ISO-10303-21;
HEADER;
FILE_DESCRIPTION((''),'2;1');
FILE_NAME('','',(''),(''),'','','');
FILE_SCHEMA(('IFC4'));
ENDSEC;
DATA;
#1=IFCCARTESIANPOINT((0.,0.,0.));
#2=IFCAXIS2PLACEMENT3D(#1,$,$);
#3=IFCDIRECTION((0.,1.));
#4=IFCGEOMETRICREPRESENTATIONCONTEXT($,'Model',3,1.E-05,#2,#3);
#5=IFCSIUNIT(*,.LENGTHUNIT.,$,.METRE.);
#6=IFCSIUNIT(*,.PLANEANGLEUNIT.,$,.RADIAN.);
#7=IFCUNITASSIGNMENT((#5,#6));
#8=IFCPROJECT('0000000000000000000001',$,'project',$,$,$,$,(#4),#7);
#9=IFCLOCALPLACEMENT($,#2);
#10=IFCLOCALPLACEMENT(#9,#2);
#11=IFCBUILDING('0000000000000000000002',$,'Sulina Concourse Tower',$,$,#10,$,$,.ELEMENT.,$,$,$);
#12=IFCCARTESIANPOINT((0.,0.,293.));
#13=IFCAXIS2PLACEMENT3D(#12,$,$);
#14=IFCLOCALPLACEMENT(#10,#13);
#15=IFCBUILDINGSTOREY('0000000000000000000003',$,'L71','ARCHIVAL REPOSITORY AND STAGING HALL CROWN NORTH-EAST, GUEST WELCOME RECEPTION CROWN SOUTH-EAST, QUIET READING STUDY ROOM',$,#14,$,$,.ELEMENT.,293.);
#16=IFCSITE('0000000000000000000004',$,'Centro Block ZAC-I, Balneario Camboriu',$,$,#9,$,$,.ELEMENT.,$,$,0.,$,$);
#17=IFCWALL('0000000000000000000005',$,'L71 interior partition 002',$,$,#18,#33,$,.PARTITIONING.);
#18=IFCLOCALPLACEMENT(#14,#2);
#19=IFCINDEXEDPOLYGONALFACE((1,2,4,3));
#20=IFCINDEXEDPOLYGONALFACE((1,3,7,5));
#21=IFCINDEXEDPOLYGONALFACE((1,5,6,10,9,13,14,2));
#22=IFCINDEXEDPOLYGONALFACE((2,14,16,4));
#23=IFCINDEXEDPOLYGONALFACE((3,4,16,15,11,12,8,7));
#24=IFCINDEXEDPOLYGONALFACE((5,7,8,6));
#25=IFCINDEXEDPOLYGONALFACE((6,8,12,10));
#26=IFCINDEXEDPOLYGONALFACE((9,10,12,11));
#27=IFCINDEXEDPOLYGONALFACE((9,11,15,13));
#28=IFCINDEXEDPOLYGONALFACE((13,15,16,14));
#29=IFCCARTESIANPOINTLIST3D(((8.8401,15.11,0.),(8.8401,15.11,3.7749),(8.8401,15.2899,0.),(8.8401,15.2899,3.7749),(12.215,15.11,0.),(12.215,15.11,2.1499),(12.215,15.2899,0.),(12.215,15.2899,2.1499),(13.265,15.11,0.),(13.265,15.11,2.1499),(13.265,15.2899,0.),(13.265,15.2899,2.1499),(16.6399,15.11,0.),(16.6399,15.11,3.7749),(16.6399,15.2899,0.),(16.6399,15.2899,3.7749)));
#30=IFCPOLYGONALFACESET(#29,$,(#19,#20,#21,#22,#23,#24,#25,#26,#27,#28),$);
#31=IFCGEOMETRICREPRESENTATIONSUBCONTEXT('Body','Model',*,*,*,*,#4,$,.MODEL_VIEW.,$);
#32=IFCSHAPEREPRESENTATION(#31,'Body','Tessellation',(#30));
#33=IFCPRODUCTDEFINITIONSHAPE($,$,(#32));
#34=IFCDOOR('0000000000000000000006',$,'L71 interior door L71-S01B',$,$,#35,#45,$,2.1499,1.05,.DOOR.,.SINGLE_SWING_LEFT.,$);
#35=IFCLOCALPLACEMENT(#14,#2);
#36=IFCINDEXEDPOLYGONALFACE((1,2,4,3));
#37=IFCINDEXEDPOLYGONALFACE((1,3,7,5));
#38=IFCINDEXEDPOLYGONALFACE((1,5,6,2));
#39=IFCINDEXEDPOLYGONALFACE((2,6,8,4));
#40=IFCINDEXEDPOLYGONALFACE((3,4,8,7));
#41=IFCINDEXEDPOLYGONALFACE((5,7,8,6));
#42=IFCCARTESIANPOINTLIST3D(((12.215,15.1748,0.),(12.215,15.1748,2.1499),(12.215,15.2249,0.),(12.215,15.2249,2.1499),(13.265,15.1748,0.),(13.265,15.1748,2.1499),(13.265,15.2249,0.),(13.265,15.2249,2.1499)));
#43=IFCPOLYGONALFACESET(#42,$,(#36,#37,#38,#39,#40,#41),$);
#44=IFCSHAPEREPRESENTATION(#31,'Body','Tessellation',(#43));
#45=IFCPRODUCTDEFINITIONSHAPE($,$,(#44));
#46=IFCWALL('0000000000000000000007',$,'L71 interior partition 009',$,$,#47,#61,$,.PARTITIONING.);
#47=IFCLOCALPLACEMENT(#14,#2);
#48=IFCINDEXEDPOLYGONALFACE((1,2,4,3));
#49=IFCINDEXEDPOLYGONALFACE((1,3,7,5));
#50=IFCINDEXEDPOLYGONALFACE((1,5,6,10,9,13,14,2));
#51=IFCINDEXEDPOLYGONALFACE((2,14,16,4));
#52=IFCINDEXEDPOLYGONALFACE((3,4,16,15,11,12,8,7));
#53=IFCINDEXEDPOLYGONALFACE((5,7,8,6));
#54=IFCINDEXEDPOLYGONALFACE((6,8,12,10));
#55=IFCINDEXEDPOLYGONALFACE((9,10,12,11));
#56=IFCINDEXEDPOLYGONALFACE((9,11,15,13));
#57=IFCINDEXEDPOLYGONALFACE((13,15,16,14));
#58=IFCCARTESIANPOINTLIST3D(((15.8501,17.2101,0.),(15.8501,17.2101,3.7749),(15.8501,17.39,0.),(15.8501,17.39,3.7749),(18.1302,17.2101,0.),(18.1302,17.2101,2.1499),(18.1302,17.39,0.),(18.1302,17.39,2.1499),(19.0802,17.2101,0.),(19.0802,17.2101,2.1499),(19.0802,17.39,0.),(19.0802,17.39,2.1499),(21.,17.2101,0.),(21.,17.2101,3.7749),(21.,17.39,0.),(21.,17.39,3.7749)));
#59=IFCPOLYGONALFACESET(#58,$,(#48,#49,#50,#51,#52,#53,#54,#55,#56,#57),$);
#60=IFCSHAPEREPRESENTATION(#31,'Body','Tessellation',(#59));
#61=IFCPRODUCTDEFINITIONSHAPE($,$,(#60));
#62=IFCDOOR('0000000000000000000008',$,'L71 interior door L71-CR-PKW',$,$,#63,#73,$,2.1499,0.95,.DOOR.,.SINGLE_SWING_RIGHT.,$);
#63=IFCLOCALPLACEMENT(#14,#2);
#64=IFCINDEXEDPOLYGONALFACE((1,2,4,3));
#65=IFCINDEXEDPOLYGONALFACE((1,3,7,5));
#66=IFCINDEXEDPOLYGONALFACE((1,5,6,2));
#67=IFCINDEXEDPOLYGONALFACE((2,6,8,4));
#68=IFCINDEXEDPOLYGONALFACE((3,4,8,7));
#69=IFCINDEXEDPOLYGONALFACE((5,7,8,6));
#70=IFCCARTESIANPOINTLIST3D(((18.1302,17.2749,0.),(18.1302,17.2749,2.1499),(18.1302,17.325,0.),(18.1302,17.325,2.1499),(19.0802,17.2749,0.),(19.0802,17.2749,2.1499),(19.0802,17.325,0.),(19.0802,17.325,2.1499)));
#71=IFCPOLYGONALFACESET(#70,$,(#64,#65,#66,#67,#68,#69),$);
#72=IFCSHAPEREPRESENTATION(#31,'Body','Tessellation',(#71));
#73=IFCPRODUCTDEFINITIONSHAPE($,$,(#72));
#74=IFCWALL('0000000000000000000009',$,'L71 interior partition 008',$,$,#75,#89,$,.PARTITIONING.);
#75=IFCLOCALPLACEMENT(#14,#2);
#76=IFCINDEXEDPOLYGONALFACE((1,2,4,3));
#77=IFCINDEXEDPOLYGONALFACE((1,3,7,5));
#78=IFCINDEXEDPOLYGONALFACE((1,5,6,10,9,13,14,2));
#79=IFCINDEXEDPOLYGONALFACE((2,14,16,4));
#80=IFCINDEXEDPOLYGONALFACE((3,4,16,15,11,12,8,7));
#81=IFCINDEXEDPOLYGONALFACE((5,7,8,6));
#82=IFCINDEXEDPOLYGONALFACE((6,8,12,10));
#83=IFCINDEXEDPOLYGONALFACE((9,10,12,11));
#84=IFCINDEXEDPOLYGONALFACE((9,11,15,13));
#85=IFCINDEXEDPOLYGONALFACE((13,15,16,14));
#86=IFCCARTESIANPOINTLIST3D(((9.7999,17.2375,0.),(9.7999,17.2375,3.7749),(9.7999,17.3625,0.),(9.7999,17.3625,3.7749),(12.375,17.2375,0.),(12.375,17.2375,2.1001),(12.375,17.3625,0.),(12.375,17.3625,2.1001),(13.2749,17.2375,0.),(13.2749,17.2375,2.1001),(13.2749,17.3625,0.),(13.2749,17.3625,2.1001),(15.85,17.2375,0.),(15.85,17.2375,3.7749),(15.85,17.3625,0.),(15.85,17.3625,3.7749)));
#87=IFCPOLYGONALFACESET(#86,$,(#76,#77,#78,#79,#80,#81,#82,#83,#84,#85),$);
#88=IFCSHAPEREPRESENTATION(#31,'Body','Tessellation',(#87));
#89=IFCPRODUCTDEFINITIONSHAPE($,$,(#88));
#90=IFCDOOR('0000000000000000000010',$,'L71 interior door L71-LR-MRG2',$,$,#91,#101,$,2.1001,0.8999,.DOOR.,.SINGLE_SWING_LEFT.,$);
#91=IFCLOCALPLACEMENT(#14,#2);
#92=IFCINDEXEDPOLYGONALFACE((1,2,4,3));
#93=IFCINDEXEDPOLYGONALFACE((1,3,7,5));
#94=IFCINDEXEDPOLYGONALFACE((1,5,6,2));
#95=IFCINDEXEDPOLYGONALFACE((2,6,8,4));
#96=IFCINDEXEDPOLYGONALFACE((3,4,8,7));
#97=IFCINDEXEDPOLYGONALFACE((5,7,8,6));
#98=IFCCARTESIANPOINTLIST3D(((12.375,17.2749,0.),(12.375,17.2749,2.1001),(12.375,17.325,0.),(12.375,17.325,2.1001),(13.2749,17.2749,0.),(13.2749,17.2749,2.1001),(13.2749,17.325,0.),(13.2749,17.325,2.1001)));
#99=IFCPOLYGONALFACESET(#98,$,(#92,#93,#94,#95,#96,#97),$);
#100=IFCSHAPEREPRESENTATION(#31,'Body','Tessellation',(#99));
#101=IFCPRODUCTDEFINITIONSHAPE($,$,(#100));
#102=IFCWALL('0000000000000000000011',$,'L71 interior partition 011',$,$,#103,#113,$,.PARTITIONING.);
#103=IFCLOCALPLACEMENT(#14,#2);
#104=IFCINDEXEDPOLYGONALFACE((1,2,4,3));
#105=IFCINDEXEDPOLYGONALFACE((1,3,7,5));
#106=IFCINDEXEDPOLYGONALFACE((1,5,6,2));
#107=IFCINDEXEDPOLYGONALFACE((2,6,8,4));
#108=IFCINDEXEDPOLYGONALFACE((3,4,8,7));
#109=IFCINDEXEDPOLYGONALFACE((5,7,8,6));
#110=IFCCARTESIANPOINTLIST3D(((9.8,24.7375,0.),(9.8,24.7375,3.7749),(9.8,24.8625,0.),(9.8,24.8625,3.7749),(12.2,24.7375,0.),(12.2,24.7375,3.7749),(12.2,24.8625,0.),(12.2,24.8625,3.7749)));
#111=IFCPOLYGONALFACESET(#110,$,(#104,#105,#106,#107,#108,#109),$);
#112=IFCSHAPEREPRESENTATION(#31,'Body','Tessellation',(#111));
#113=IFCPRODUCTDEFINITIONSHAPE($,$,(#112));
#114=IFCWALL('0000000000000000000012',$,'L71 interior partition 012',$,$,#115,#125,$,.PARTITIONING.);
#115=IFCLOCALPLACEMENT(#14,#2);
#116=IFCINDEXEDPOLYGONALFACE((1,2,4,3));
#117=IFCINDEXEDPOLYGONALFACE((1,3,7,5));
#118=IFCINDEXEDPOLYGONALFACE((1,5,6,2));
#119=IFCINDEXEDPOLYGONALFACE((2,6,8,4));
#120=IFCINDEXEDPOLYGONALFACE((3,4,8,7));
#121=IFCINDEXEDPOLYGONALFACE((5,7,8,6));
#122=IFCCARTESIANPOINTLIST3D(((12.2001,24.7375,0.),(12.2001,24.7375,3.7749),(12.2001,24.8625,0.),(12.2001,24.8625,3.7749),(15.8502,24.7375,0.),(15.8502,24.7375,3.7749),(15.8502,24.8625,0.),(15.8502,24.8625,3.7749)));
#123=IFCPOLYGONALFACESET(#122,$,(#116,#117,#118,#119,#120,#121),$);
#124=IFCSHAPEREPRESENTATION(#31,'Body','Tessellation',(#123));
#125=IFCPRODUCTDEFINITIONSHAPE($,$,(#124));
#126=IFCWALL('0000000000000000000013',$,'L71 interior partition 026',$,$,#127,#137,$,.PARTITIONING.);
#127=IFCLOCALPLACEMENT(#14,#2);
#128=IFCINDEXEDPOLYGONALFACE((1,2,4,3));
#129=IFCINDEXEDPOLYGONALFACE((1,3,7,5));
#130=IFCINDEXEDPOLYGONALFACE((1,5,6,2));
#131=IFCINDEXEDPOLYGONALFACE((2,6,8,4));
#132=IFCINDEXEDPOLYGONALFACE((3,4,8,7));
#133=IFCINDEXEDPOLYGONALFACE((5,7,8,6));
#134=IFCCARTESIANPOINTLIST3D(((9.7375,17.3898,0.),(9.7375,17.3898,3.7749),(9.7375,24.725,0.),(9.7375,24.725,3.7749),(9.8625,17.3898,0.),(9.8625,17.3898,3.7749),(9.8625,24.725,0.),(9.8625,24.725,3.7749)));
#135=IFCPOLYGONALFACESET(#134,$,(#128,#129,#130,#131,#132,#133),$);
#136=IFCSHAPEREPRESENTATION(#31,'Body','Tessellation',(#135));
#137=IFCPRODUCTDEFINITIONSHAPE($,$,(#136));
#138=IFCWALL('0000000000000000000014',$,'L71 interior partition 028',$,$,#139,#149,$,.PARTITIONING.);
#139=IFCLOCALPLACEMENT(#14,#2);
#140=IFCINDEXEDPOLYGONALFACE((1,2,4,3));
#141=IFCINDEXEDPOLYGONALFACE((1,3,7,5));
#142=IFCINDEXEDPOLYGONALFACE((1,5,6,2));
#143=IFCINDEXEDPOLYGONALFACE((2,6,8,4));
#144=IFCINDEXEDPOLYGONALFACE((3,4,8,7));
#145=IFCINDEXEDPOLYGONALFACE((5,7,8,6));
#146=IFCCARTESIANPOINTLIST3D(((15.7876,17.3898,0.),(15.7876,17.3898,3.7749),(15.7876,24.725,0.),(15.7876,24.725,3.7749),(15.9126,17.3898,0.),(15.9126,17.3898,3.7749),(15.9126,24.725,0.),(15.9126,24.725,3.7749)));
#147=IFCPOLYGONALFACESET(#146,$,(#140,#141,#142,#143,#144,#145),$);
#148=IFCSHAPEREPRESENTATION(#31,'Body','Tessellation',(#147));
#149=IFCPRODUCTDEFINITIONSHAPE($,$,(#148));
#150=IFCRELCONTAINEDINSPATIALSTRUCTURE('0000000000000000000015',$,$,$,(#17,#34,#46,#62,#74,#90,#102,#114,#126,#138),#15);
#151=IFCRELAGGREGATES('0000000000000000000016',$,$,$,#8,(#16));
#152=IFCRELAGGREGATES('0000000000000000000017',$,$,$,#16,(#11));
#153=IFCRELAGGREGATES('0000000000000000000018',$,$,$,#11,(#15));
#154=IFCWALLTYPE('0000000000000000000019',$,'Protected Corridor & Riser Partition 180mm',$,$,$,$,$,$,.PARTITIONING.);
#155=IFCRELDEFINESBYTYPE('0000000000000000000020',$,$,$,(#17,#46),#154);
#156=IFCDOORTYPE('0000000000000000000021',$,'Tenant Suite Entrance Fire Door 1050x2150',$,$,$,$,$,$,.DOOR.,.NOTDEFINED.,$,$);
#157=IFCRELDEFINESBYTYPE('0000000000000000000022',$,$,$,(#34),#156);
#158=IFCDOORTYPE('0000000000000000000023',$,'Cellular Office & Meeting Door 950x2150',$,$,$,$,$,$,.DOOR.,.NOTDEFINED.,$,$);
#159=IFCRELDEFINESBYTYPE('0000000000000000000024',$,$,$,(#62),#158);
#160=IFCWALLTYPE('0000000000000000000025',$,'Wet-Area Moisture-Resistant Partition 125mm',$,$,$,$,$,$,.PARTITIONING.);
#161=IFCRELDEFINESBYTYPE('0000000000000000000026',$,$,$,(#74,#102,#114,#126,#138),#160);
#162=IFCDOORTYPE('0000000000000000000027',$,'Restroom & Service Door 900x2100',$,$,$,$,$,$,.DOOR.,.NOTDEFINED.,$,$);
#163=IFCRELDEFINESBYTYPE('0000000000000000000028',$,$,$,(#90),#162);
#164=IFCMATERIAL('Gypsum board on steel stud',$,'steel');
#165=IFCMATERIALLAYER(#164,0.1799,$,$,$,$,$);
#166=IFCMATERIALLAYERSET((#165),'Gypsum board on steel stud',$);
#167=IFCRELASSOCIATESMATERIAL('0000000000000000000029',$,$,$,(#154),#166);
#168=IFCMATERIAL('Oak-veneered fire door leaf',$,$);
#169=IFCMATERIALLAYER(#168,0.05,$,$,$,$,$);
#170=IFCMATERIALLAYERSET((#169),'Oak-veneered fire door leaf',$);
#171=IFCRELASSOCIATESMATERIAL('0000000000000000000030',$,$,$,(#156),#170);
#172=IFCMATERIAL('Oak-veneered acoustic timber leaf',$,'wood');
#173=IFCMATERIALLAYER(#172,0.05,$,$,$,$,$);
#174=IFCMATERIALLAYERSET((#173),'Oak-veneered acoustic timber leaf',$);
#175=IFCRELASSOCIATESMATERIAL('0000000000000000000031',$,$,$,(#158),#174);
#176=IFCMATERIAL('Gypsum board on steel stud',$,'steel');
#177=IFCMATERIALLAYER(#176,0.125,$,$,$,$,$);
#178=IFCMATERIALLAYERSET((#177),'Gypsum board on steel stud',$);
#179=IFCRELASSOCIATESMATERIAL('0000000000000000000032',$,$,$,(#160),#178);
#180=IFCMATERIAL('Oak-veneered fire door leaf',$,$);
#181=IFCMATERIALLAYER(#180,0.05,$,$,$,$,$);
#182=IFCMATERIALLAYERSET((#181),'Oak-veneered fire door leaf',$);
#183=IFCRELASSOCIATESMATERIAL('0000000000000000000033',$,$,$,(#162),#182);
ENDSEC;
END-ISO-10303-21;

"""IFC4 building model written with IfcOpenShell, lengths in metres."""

from ifc_helpers import new_model, si_unit, direction, frame, frame_2d, origin, place, context, subcontext, project, spatial, rectangle, extrude, material, layer, layer_set, type_object, element, fill, save


model = new_model("IFC4")

# Units and contexts
model_context = context("Model", 3, precision=1e-05, world=origin(), true_north=direction((0.0, 1.0)))
body_context = subcontext(model_context, "Body", "Model", "MODEL_VIEW")
ifc_project = project(units=[si_unit("LENGTHUNIT", "METRE"), si_unit("PLANEANGLEUNIT", "RADIAN")], contexts=[model_context])

# Site, building, storey
site_placement = place(None, origin())
site = spatial("IfcSite", under=ifc_project, at=site_placement, Name="Centro Block ZAC-I, Balneario Camboriu", CompositionType="ELEMENT", RefElevation=0.0)
building_placement = place(site_placement, origin())
building = spatial("IfcBuilding", under=site, at=building_placement, Name="Sulina Concourse Tower", CompositionType="ELEMENT")
storey_placement = place(building_placement, frame((0.0, 0.0, 293.0)))
storey = spatial("IfcBuildingStorey", under=building, at=storey_placement, Name="L71", Description="ARCHIVAL REPOSITORY AND STAGING HALL CROWN NORTH-EAST, GUEST WELCOME RECEPTION CROWN SOUTH-EAST, QUIET READING STUDY ROOM", CompositionType="ELEMENT", Elevation=293.0)

# Walls, openings, doors
ifc_material_1 = material(Name="Gypsum board on steel stud", Category="steel")
ifc_layer_1 = layer(ifc_material_1, 0.1799)
ifc_layer_set_1 = layer_set([ifc_layer_1], Name="Gypsum board on steel stud")
wall_type_1 = type_object("IfcWallType", Name="Protected Corridor & Riser Partition 180mm", PredefinedType="PARTITIONING", material=ifc_layer_set_1)
wall_1_placement = place(storey_placement, frame((8.8401, 15.2, 0.0), z_axis=(0.0, 0.0, 1.0), x_axis=(1.0, 0.0, 0.0)))
wall_1 = element("IfcWall", 1, at=wall_1_placement, inside=storey, type_object=wall_type_1, Name="L71 interior partition 002", PredefinedType="PARTITIONING", context=body_context, shape_type="SweptSolid", body=[
    extrude(rectangle(XDim=7.7998, YDim=0.1799, at=frame_2d((3.8999, 0.0))), origin(), (0.0, 0.0, 1.0), 3.7749),
])
opening_1_placement = place(wall_1_placement, frame((3.375, 0.0, 0.0)))
opening_1 = element("IfcOpeningElement", 2, at=opening_1_placement, cuts=wall_1, PredefinedType="OPENING", context=body_context, shape_type="SweptSolid", body=[
    extrude(rectangle(XDim=1.05, YDim=2.1499, at=frame_2d((0.5249, 1.075))), frame((0.0, 0.0999, 0.0), z_axis=(0.0, -1.0, 0.0), x_axis=(1.0, 0.0, 0.0)), (0.0, 0.0, 1.0), 0.2),
])
ifc_material_2 = material(Name="Oak-veneered fire door leaf")
ifc_layer_2 = layer(ifc_material_2, 0.05)
ifc_layer_set_2 = layer_set([ifc_layer_2], Name="Oak-veneered fire door leaf")
door_type_1 = type_object("IfcDoorType", Name="Tenant Suite Entrance Fire Door 1050x2150", OperationType="NOTDEFINED", PredefinedType="DOOR", material=ifc_layer_set_2)
door_1_placement = place(opening_1_placement, origin())
door_1 = element("IfcDoor", 3, at=door_1_placement, inside=storey, type_object=door_type_1, Name="L71 interior door L71-S01B", OperationType="SINGLE_SWING_LEFT", OverallHeight=2.1499, OverallWidth=1.05, PredefinedType="DOOR", context=body_context, shape_type="SweptSolid", body=[
    extrude(rectangle(XDim=1.05, YDim=2.1499, at=frame_2d((0.5249, 1.075))), frame((0.0, 0.0249, 0.0), z_axis=(0.0, -1.0, 0.0), x_axis=(1.0, 0.0, 0.0)), (0.0, 0.0, 1.0), 0.05),
])
fill(opening_1, door_1)
wall_2_placement = place(storey_placement, frame((15.8501, 17.3, 0.0), z_axis=(0.0, 0.0, 1.0), x_axis=(1.0, 0.0, 0.0)))
wall_2 = element("IfcWall", 4, at=wall_2_placement, inside=storey, type_object=wall_type_1, Name="L71 interior partition 009", PredefinedType="PARTITIONING", context=body_context, shape_type="SweptSolid", body=[
    extrude(rectangle(XDim=5.1499, YDim=0.1799, at=frame_2d((2.575, 0.0))), origin(), (0.0, 0.0, 1.0), 3.7749),
])
opening_2_placement = place(wall_2_placement, frame((2.28, 0.0, 0.0)))
opening_2 = element("IfcOpeningElement", 5, at=opening_2_placement, cuts=wall_2, PredefinedType="OPENING", context=body_context, shape_type="SweptSolid", body=[
    extrude(rectangle(XDim=0.95, YDim=2.1499, at=frame_2d((0.4751, 1.075))), frame((0.0, 0.0999, 0.0), z_axis=(0.0, -1.0, 0.0), x_axis=(1.0, 0.0, 0.0)), (0.0, 0.0, 1.0), 0.2),
])
ifc_material_3 = material(Name="Oak-veneered acoustic timber leaf", Category="wood")
ifc_layer_3 = layer(ifc_material_3, 0.05)
ifc_layer_set_3 = layer_set([ifc_layer_3], Name="Oak-veneered acoustic timber leaf")
door_type_2 = type_object("IfcDoorType", Name="Cellular Office & Meeting Door 950x2150", OperationType="NOTDEFINED", PredefinedType="DOOR", material=ifc_layer_set_3)
door_2_placement = place(opening_2_placement, origin())
door_2 = element("IfcDoor", 6, at=door_2_placement, inside=storey, type_object=door_type_2, Name="L71 interior door L71-CR-PKW", OperationType="SINGLE_SWING_RIGHT", OverallHeight=2.1499, OverallWidth=0.95, PredefinedType="DOOR", context=body_context, shape_type="SweptSolid", body=[
    extrude(rectangle(XDim=0.95, YDim=2.1499, at=frame_2d((0.4751, 1.075))), frame((0.0, 0.0249, 0.0), z_axis=(0.0, -1.0, 0.0), x_axis=(1.0, 0.0, 0.0)), (0.0, 0.0, 1.0), 0.05),
])
fill(opening_2, door_2)
ifc_material_4 = material(Name="Gypsum board on steel stud", Category="steel")
ifc_layer_4 = layer(ifc_material_4, 0.125)
ifc_layer_set_4 = layer_set([ifc_layer_4], Name="Gypsum board on steel stud")
wall_type_2 = type_object("IfcWallType", Name="Wet-Area Moisture-Resistant Partition 125mm", PredefinedType="PARTITIONING", material=ifc_layer_set_4)
wall_3_placement = place(storey_placement, frame((9.8, 17.3, 0.0), z_axis=(0.0, 0.0, 1.0), x_axis=(1.0, 0.0, 0.0)))
wall_3 = element("IfcWall", 7, at=wall_3_placement, inside=storey, type_object=wall_type_2, Name="L71 interior partition 008", PredefinedType="PARTITIONING", context=body_context, shape_type="SweptSolid", body=[
    extrude(rectangle(XDim=6.05, YDim=0.125, at=frame_2d((3.0249, 0.0))), origin(), (0.0, 0.0, 1.0), 3.7749),
])
opening_3_placement = place(wall_3_placement, frame((2.575, 0.0, 0.0)))
opening_3 = element("IfcOpeningElement", 8, at=opening_3_placement, cuts=wall_3, PredefinedType="OPENING", context=body_context, shape_type="SweptSolid", body=[
    extrude(rectangle(XDim=0.8999, YDim=2.1001, at=frame_2d((0.45, 1.05))), frame((0.0, 0.0725, 0.0), z_axis=(0.0, -1.0, 0.0), x_axis=(1.0, 0.0, 0.0)), (0.0, 0.0, 1.0), 0.145),
])
ifc_material_5 = material(Name="Oak-veneered fire door leaf")
ifc_layer_5 = layer(ifc_material_5, 0.05)
ifc_layer_set_5 = layer_set([ifc_layer_5], Name="Oak-veneered fire door leaf")
door_type_3 = type_object("IfcDoorType", Name="Restroom & Service Door 900x2100", OperationType="NOTDEFINED", PredefinedType="DOOR", material=ifc_layer_set_5)
door_3_placement = place(opening_3_placement, origin())
door_3 = element("IfcDoor", 9, at=door_3_placement, inside=storey, type_object=door_type_3, Name="L71 interior door L71-LR-MRG2", OperationType="SINGLE_SWING_LEFT", OverallHeight=2.1001, OverallWidth=0.8999, PredefinedType="DOOR", context=body_context, shape_type="SweptSolid", body=[
    extrude(rectangle(XDim=0.8999, YDim=2.1001, at=frame_2d((0.45, 1.05))), frame((0.0, 0.0249, 0.0), z_axis=(0.0, -1.0, 0.0), x_axis=(1.0, 0.0, 0.0)), (0.0, 0.0, 1.0), 0.05),
])
fill(opening_3, door_3)

# Walls
wall_4_placement = place(storey_placement, frame((9.8, 24.8, 0.0), z_axis=(0.0, 0.0, 1.0), x_axis=(1.0, 0.0, 0.0)))
element("IfcWall", 10, at=wall_4_placement, inside=storey, type_object=wall_type_2, Name="L71 interior partition 011", PredefinedType="PARTITIONING", context=body_context, shape_type="SweptSolid", body=[
    extrude(rectangle(XDim=2.3999, YDim=0.125, at=frame_2d((1.2, 0.0))), origin(), (0.0, 0.0, 1.0), 3.7749),
])
wall_5_placement = place(storey_placement, frame((12.2, 24.8, 0.0), z_axis=(0.0, 0.0, 1.0), x_axis=(1.0, 0.0, 0.0)))
element("IfcWall", 11, at=wall_5_placement, inside=storey, type_object=wall_type_2, Name="L71 interior partition 012", PredefinedType="PARTITIONING", context=body_context, shape_type="SweptSolid", body=[
    extrude(rectangle(XDim=3.6501, YDim=0.125, at=frame_2d((1.8252, 0.0))), origin(), (0.0, 0.0, 1.0), 3.7749),
])
for number, where, z_axis, x_axis, name in (
    (12, (9.8, 17.3899, 0.0), (0.0, 0.0, 1.0), (0.0, 1.0, 0.0), "L71 interior partition 026"),
    (13, (15.8501, 17.3899, 0.0), (0.0, 0.0, 1.0), (0.0, 1.0, 0.0), "L71 interior partition 028"),
):
    element("IfcWall", number, at=place(storey_placement, frame(where, z_axis=z_axis, x_axis=x_axis)), inside=storey, type_object=wall_type_2, Name=name, PredefinedType="PARTITIONING", context=body_context, shape_type="SweptSolid", body=[
        extrude(rectangle(XDim=7.3352, YDim=0.125, at=frame_2d((3.6675, 0.0))), origin(), (0.0, 0.0, 1.0), 3.7749),
    ])

save(model, "model.ifc")
